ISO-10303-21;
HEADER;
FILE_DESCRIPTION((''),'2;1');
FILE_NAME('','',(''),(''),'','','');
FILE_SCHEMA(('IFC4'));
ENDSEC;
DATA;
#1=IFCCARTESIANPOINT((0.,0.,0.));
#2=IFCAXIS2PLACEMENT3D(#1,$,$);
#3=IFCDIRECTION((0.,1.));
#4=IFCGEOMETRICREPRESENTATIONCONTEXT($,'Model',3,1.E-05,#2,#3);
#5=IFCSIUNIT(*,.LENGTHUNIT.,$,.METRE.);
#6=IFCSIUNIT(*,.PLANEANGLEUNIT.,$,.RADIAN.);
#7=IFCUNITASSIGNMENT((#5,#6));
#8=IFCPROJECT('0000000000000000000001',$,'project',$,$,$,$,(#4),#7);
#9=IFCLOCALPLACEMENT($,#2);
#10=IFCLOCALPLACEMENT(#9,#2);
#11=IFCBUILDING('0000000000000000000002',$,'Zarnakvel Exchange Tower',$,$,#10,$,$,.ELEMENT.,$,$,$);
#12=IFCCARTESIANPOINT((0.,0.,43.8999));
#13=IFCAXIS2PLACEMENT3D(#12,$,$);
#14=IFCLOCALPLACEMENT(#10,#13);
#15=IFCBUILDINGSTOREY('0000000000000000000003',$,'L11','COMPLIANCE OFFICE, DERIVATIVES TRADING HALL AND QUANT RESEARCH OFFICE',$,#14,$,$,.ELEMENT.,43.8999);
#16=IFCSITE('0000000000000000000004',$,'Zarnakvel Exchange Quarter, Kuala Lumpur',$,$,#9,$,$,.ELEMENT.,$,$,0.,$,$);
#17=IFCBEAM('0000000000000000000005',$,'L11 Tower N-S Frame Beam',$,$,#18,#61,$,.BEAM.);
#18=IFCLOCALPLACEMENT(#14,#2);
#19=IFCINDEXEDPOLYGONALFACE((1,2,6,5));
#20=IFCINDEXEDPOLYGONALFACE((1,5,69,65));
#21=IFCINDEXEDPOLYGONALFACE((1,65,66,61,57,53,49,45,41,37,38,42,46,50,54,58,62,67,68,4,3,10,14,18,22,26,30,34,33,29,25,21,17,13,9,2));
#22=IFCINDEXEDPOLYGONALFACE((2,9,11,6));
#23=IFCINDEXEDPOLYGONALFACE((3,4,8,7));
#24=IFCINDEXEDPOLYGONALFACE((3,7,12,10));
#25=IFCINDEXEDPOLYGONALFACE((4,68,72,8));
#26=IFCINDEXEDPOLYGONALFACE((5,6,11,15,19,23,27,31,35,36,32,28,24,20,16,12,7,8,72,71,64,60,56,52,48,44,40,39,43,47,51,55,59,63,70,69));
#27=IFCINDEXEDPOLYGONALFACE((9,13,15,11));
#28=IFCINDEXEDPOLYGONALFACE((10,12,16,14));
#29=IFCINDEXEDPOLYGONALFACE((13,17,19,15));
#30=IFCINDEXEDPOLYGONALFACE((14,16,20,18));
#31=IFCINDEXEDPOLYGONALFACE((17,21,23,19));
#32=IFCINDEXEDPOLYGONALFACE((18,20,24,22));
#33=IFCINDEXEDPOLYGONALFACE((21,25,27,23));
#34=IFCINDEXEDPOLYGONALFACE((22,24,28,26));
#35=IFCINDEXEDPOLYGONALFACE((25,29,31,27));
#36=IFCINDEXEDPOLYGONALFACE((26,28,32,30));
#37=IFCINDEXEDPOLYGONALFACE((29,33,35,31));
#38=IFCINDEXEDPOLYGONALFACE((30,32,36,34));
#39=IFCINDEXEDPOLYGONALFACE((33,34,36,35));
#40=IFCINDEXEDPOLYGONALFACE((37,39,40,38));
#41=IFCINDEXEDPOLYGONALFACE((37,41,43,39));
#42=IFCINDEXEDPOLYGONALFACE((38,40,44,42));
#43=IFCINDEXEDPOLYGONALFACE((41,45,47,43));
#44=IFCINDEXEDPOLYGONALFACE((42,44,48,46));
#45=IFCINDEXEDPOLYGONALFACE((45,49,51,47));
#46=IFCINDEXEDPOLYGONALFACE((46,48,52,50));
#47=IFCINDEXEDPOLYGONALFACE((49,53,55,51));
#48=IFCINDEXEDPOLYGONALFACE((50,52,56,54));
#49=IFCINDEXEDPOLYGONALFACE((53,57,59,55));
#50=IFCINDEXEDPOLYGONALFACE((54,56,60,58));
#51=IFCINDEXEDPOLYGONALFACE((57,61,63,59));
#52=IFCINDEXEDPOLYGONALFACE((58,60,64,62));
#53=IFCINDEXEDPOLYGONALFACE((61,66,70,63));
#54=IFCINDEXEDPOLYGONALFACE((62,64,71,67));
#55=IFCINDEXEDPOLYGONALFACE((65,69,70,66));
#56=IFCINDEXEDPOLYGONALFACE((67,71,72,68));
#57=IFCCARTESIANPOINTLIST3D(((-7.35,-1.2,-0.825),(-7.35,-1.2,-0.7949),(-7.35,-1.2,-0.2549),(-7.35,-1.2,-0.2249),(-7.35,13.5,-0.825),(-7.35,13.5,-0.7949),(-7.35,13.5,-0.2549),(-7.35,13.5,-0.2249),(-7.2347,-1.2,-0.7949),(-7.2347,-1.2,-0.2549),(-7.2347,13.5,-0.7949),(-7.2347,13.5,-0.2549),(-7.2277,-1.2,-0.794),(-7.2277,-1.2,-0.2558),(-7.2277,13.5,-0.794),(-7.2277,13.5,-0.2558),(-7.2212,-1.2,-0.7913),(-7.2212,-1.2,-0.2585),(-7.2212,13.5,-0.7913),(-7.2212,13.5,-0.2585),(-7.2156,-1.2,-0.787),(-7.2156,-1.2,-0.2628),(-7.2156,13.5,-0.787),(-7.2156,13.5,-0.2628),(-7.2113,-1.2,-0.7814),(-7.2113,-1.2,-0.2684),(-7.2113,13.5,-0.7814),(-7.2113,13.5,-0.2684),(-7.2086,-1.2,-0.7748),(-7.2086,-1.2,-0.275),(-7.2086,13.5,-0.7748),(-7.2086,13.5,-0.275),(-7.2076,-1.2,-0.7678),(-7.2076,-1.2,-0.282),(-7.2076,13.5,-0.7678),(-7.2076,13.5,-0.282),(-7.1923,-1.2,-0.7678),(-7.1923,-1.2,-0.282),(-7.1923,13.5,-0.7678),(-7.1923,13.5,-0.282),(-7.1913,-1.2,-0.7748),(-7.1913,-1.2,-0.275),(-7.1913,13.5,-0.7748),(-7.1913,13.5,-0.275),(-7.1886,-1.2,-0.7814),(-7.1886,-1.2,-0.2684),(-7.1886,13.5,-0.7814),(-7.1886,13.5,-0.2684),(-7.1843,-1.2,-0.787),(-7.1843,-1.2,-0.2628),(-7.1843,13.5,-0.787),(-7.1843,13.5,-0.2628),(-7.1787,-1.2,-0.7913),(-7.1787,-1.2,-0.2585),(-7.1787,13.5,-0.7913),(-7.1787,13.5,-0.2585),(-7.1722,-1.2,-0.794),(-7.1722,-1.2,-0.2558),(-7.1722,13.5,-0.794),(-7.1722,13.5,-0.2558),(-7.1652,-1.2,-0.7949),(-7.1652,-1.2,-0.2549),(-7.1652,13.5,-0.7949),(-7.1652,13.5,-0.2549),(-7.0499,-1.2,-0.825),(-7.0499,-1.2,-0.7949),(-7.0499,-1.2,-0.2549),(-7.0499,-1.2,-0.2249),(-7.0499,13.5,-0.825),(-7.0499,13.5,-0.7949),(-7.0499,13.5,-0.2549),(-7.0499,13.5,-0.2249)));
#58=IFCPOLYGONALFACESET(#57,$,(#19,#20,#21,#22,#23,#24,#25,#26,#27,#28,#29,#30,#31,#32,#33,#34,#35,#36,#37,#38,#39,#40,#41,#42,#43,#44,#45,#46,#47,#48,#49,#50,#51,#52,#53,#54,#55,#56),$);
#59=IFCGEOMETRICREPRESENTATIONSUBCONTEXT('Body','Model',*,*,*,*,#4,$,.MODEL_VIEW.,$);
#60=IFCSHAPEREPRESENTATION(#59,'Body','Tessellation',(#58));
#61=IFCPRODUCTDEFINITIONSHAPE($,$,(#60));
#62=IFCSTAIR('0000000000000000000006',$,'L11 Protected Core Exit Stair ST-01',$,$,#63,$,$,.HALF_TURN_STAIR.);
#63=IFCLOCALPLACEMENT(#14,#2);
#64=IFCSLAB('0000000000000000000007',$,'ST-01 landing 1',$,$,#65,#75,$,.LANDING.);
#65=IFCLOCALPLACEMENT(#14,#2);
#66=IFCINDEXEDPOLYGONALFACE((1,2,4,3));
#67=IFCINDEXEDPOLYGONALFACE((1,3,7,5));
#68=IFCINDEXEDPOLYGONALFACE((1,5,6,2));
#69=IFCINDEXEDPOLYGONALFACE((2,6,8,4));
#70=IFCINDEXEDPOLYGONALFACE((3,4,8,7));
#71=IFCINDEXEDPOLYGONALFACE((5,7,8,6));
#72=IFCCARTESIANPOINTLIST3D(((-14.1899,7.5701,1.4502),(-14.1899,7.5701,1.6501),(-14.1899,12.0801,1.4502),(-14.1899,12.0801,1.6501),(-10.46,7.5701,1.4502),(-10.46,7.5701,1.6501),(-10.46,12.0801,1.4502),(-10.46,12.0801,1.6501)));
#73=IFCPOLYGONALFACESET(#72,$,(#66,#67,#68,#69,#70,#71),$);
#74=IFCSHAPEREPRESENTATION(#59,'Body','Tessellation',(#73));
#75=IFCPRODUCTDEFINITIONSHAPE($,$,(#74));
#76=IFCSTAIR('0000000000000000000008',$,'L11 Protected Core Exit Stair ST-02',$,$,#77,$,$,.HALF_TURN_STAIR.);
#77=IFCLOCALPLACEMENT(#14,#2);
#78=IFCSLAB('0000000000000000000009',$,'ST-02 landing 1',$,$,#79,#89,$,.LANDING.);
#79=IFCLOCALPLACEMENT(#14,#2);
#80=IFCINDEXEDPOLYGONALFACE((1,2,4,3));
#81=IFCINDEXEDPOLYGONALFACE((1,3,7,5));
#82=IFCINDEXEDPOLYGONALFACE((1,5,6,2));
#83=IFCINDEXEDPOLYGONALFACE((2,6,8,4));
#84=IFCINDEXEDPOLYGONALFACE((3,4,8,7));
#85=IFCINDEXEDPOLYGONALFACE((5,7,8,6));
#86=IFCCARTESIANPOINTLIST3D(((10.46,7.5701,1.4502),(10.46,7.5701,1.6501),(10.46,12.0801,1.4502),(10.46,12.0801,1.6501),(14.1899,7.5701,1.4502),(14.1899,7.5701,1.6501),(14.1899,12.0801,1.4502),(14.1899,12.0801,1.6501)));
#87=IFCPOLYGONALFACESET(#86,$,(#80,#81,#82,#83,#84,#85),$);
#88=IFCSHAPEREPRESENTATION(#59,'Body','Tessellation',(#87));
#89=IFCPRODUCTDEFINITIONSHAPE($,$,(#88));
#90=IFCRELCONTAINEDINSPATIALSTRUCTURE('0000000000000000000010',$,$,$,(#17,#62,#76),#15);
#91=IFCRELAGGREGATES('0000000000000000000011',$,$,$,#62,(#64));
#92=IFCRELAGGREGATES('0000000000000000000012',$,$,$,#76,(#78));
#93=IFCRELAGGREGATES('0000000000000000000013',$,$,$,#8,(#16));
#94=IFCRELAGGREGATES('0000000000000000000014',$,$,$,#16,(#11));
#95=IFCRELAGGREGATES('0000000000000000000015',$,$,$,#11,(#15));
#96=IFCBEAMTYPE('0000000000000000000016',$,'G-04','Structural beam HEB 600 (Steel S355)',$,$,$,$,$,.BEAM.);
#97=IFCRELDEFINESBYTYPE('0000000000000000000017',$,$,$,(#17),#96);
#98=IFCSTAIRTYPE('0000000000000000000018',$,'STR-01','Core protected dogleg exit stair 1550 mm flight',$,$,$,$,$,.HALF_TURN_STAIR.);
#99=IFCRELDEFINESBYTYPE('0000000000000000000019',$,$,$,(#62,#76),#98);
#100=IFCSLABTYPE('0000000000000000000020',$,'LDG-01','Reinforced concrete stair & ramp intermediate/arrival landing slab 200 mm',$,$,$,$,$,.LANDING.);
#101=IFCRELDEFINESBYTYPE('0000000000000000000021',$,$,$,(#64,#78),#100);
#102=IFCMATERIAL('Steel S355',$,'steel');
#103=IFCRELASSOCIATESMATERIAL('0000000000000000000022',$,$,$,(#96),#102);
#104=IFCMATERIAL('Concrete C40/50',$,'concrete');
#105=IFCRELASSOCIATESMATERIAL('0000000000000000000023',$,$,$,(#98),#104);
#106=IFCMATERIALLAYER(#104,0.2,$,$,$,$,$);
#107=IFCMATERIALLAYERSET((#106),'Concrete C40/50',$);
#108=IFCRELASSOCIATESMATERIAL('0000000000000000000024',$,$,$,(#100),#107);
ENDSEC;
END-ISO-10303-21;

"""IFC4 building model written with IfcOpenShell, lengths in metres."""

from ifc_helpers import new_model, si_unit, direction, frame, origin, origin_2d, place, context, subcontext, project, spatial, polyline, i_section, outline, extrude, material, layer, layer_set, material_profile, profile_set, type_object, element, aggregate, save


model = new_model("IFC4")

# Units and contexts
model_context = context("Model", 3, precision=1e-05, world=origin(), true_north=direction((0.0, 1.0)))
body_context = subcontext(model_context, "Body", "Model", "MODEL_VIEW")
ifc_project = project(units=[si_unit("LENGTHUNIT", "METRE"), si_unit("PLANEANGLEUNIT", "RADIAN")], contexts=[model_context])

# Site, building, storey
site_placement = place(None, origin())
site = spatial("IfcSite", under=ifc_project, at=site_placement, Name="Zarnakvel Exchange Quarter, Kuala Lumpur", CompositionType="ELEMENT", RefElevation=0.0)
building_placement = place(site_placement, origin())
building = spatial("IfcBuilding", under=site, at=building_placement, Name="Zarnakvel Exchange Tower", CompositionType="ELEMENT")
storey_placement = place(building_placement, frame((0.0, 0.0, 43.8999)))
storey = spatial("IfcBuildingStorey", under=building, at=storey_placement, Name="L11", Description="COMPLIANCE OFFICE, DERIVATIVES TRADING HALL AND QUANT RESEARCH OFFICE", CompositionType="ELEMENT", Elevation=43.8999)

# Beam
ifc_material_1 = material(Name="Steel S355", Category="steel")
ifc_material_profile_1 = material_profile(ifc_material_1, i_section(OverallWidth=0.3, OverallDepth=0.6001, WebThickness=0.0154, FlangeThickness=0.03, FilletRadius=0.0271, at=origin_2d()))
ifc_profile_set_1 = profile_set([ifc_material_profile_1], Name="Steel S355")
beam_type_1 = type_object("IfcBeamType", Name="G-04", Description="Structural beam HEB 600 (Steel S355)", PredefinedType="BEAM", material=ifc_profile_set_1)
beam_1_placement = place(storey_placement, frame((-7.2, -1.2, -0.5249), z_axis=(0.0, 1.0, 0.0), x_axis=(-1.0, 0.0, 0.0)))
element("IfcBeam", 1, at=beam_1_placement, inside=storey, type_object=beam_type_1, Name="L11 Tower N-S Frame Beam", PredefinedType="BEAM", context=body_context, shape_type="SweptSolid", body=[
    extrude(i_section(OverallWidth=0.3, OverallDepth=0.6001, WebThickness=0.0154, FlangeThickness=0.03, FilletRadius=0.0271, at=origin_2d()), origin(), (0.0, 0.0, 1.0), 14.7),
])

# Stairs, slabs
ifc_material_2 = material(Name="Concrete C40/50", Category="concrete")
stair_type = type_object("IfcStairType", Name="STR-01", Description="Core protected dogleg exit stair 1550 mm flight", PredefinedType="HALF_TURN_STAIR", material=ifc_material_2)
stair_1_placement = place(storey_placement, origin())
stair_1 = element("IfcStair", 2, at=stair_1_placement, inside=storey, type_object=stair_type, Name="L11 Protected Core Exit Stair ST-01", PredefinedType="HALF_TURN_STAIR")
ifc_layer_1 = layer(ifc_material_2, 0.2)
ifc_layer_set_1 = layer_set([ifc_layer_1], Name="Concrete C40/50")
slab_type_1 = type_object("IfcSlabType", Name="LDG-01", Description="Reinforced concrete stair & ramp intermediate/arrival landing slab 200 mm", PredefinedType="LANDING", material=ifc_layer_set_1)
slab_1_placement = place(storey_placement, frame((0.0, 0.0, 1.4502)))
slab_1 = element("IfcSlab", 3, at=slab_1_placement, type_object=slab_type_1, Name="ST-01 landing 1", PredefinedType="LANDING", context=body_context, shape_type="SweptSolid", body=[
    extrude(outline(polyline([(-14.1899, 7.5701), (-10.46, 7.5701), (-10.46, 12.0801), (-14.1899, 12.0801), (-14.1899, 7.5701)])), origin(), (0.0, 0.0, 1.0), 0.2),
])
aggregate(stair_1, [slab_1])
stair_2_placement = place(storey_placement, origin())
stair_2 = element("IfcStair", 4, at=stair_2_placement, inside=storey, type_object=stair_type, Name="L11 Protected Core Exit Stair ST-02", PredefinedType="HALF_TURN_STAIR")
slab_2_placement = place(storey_placement, frame((0.0, 0.0, 1.4502)))
slab_2 = element("IfcSlab", 5, at=slab_2_placement, type_object=slab_type_1, Name="ST-02 landing 1", PredefinedType="LANDING", context=body_context, shape_type="SweptSolid", body=[
    extrude(outline(polyline([(10.46, 7.5701), (14.1899, 7.5701), (14.1899, 12.0801), (10.46, 12.0801), (10.46, 7.5701)])), origin(), (0.0, 0.0, 1.0), 0.2),
])
aggregate(stair_2, [slab_2])

save(model, "model.ifc")
